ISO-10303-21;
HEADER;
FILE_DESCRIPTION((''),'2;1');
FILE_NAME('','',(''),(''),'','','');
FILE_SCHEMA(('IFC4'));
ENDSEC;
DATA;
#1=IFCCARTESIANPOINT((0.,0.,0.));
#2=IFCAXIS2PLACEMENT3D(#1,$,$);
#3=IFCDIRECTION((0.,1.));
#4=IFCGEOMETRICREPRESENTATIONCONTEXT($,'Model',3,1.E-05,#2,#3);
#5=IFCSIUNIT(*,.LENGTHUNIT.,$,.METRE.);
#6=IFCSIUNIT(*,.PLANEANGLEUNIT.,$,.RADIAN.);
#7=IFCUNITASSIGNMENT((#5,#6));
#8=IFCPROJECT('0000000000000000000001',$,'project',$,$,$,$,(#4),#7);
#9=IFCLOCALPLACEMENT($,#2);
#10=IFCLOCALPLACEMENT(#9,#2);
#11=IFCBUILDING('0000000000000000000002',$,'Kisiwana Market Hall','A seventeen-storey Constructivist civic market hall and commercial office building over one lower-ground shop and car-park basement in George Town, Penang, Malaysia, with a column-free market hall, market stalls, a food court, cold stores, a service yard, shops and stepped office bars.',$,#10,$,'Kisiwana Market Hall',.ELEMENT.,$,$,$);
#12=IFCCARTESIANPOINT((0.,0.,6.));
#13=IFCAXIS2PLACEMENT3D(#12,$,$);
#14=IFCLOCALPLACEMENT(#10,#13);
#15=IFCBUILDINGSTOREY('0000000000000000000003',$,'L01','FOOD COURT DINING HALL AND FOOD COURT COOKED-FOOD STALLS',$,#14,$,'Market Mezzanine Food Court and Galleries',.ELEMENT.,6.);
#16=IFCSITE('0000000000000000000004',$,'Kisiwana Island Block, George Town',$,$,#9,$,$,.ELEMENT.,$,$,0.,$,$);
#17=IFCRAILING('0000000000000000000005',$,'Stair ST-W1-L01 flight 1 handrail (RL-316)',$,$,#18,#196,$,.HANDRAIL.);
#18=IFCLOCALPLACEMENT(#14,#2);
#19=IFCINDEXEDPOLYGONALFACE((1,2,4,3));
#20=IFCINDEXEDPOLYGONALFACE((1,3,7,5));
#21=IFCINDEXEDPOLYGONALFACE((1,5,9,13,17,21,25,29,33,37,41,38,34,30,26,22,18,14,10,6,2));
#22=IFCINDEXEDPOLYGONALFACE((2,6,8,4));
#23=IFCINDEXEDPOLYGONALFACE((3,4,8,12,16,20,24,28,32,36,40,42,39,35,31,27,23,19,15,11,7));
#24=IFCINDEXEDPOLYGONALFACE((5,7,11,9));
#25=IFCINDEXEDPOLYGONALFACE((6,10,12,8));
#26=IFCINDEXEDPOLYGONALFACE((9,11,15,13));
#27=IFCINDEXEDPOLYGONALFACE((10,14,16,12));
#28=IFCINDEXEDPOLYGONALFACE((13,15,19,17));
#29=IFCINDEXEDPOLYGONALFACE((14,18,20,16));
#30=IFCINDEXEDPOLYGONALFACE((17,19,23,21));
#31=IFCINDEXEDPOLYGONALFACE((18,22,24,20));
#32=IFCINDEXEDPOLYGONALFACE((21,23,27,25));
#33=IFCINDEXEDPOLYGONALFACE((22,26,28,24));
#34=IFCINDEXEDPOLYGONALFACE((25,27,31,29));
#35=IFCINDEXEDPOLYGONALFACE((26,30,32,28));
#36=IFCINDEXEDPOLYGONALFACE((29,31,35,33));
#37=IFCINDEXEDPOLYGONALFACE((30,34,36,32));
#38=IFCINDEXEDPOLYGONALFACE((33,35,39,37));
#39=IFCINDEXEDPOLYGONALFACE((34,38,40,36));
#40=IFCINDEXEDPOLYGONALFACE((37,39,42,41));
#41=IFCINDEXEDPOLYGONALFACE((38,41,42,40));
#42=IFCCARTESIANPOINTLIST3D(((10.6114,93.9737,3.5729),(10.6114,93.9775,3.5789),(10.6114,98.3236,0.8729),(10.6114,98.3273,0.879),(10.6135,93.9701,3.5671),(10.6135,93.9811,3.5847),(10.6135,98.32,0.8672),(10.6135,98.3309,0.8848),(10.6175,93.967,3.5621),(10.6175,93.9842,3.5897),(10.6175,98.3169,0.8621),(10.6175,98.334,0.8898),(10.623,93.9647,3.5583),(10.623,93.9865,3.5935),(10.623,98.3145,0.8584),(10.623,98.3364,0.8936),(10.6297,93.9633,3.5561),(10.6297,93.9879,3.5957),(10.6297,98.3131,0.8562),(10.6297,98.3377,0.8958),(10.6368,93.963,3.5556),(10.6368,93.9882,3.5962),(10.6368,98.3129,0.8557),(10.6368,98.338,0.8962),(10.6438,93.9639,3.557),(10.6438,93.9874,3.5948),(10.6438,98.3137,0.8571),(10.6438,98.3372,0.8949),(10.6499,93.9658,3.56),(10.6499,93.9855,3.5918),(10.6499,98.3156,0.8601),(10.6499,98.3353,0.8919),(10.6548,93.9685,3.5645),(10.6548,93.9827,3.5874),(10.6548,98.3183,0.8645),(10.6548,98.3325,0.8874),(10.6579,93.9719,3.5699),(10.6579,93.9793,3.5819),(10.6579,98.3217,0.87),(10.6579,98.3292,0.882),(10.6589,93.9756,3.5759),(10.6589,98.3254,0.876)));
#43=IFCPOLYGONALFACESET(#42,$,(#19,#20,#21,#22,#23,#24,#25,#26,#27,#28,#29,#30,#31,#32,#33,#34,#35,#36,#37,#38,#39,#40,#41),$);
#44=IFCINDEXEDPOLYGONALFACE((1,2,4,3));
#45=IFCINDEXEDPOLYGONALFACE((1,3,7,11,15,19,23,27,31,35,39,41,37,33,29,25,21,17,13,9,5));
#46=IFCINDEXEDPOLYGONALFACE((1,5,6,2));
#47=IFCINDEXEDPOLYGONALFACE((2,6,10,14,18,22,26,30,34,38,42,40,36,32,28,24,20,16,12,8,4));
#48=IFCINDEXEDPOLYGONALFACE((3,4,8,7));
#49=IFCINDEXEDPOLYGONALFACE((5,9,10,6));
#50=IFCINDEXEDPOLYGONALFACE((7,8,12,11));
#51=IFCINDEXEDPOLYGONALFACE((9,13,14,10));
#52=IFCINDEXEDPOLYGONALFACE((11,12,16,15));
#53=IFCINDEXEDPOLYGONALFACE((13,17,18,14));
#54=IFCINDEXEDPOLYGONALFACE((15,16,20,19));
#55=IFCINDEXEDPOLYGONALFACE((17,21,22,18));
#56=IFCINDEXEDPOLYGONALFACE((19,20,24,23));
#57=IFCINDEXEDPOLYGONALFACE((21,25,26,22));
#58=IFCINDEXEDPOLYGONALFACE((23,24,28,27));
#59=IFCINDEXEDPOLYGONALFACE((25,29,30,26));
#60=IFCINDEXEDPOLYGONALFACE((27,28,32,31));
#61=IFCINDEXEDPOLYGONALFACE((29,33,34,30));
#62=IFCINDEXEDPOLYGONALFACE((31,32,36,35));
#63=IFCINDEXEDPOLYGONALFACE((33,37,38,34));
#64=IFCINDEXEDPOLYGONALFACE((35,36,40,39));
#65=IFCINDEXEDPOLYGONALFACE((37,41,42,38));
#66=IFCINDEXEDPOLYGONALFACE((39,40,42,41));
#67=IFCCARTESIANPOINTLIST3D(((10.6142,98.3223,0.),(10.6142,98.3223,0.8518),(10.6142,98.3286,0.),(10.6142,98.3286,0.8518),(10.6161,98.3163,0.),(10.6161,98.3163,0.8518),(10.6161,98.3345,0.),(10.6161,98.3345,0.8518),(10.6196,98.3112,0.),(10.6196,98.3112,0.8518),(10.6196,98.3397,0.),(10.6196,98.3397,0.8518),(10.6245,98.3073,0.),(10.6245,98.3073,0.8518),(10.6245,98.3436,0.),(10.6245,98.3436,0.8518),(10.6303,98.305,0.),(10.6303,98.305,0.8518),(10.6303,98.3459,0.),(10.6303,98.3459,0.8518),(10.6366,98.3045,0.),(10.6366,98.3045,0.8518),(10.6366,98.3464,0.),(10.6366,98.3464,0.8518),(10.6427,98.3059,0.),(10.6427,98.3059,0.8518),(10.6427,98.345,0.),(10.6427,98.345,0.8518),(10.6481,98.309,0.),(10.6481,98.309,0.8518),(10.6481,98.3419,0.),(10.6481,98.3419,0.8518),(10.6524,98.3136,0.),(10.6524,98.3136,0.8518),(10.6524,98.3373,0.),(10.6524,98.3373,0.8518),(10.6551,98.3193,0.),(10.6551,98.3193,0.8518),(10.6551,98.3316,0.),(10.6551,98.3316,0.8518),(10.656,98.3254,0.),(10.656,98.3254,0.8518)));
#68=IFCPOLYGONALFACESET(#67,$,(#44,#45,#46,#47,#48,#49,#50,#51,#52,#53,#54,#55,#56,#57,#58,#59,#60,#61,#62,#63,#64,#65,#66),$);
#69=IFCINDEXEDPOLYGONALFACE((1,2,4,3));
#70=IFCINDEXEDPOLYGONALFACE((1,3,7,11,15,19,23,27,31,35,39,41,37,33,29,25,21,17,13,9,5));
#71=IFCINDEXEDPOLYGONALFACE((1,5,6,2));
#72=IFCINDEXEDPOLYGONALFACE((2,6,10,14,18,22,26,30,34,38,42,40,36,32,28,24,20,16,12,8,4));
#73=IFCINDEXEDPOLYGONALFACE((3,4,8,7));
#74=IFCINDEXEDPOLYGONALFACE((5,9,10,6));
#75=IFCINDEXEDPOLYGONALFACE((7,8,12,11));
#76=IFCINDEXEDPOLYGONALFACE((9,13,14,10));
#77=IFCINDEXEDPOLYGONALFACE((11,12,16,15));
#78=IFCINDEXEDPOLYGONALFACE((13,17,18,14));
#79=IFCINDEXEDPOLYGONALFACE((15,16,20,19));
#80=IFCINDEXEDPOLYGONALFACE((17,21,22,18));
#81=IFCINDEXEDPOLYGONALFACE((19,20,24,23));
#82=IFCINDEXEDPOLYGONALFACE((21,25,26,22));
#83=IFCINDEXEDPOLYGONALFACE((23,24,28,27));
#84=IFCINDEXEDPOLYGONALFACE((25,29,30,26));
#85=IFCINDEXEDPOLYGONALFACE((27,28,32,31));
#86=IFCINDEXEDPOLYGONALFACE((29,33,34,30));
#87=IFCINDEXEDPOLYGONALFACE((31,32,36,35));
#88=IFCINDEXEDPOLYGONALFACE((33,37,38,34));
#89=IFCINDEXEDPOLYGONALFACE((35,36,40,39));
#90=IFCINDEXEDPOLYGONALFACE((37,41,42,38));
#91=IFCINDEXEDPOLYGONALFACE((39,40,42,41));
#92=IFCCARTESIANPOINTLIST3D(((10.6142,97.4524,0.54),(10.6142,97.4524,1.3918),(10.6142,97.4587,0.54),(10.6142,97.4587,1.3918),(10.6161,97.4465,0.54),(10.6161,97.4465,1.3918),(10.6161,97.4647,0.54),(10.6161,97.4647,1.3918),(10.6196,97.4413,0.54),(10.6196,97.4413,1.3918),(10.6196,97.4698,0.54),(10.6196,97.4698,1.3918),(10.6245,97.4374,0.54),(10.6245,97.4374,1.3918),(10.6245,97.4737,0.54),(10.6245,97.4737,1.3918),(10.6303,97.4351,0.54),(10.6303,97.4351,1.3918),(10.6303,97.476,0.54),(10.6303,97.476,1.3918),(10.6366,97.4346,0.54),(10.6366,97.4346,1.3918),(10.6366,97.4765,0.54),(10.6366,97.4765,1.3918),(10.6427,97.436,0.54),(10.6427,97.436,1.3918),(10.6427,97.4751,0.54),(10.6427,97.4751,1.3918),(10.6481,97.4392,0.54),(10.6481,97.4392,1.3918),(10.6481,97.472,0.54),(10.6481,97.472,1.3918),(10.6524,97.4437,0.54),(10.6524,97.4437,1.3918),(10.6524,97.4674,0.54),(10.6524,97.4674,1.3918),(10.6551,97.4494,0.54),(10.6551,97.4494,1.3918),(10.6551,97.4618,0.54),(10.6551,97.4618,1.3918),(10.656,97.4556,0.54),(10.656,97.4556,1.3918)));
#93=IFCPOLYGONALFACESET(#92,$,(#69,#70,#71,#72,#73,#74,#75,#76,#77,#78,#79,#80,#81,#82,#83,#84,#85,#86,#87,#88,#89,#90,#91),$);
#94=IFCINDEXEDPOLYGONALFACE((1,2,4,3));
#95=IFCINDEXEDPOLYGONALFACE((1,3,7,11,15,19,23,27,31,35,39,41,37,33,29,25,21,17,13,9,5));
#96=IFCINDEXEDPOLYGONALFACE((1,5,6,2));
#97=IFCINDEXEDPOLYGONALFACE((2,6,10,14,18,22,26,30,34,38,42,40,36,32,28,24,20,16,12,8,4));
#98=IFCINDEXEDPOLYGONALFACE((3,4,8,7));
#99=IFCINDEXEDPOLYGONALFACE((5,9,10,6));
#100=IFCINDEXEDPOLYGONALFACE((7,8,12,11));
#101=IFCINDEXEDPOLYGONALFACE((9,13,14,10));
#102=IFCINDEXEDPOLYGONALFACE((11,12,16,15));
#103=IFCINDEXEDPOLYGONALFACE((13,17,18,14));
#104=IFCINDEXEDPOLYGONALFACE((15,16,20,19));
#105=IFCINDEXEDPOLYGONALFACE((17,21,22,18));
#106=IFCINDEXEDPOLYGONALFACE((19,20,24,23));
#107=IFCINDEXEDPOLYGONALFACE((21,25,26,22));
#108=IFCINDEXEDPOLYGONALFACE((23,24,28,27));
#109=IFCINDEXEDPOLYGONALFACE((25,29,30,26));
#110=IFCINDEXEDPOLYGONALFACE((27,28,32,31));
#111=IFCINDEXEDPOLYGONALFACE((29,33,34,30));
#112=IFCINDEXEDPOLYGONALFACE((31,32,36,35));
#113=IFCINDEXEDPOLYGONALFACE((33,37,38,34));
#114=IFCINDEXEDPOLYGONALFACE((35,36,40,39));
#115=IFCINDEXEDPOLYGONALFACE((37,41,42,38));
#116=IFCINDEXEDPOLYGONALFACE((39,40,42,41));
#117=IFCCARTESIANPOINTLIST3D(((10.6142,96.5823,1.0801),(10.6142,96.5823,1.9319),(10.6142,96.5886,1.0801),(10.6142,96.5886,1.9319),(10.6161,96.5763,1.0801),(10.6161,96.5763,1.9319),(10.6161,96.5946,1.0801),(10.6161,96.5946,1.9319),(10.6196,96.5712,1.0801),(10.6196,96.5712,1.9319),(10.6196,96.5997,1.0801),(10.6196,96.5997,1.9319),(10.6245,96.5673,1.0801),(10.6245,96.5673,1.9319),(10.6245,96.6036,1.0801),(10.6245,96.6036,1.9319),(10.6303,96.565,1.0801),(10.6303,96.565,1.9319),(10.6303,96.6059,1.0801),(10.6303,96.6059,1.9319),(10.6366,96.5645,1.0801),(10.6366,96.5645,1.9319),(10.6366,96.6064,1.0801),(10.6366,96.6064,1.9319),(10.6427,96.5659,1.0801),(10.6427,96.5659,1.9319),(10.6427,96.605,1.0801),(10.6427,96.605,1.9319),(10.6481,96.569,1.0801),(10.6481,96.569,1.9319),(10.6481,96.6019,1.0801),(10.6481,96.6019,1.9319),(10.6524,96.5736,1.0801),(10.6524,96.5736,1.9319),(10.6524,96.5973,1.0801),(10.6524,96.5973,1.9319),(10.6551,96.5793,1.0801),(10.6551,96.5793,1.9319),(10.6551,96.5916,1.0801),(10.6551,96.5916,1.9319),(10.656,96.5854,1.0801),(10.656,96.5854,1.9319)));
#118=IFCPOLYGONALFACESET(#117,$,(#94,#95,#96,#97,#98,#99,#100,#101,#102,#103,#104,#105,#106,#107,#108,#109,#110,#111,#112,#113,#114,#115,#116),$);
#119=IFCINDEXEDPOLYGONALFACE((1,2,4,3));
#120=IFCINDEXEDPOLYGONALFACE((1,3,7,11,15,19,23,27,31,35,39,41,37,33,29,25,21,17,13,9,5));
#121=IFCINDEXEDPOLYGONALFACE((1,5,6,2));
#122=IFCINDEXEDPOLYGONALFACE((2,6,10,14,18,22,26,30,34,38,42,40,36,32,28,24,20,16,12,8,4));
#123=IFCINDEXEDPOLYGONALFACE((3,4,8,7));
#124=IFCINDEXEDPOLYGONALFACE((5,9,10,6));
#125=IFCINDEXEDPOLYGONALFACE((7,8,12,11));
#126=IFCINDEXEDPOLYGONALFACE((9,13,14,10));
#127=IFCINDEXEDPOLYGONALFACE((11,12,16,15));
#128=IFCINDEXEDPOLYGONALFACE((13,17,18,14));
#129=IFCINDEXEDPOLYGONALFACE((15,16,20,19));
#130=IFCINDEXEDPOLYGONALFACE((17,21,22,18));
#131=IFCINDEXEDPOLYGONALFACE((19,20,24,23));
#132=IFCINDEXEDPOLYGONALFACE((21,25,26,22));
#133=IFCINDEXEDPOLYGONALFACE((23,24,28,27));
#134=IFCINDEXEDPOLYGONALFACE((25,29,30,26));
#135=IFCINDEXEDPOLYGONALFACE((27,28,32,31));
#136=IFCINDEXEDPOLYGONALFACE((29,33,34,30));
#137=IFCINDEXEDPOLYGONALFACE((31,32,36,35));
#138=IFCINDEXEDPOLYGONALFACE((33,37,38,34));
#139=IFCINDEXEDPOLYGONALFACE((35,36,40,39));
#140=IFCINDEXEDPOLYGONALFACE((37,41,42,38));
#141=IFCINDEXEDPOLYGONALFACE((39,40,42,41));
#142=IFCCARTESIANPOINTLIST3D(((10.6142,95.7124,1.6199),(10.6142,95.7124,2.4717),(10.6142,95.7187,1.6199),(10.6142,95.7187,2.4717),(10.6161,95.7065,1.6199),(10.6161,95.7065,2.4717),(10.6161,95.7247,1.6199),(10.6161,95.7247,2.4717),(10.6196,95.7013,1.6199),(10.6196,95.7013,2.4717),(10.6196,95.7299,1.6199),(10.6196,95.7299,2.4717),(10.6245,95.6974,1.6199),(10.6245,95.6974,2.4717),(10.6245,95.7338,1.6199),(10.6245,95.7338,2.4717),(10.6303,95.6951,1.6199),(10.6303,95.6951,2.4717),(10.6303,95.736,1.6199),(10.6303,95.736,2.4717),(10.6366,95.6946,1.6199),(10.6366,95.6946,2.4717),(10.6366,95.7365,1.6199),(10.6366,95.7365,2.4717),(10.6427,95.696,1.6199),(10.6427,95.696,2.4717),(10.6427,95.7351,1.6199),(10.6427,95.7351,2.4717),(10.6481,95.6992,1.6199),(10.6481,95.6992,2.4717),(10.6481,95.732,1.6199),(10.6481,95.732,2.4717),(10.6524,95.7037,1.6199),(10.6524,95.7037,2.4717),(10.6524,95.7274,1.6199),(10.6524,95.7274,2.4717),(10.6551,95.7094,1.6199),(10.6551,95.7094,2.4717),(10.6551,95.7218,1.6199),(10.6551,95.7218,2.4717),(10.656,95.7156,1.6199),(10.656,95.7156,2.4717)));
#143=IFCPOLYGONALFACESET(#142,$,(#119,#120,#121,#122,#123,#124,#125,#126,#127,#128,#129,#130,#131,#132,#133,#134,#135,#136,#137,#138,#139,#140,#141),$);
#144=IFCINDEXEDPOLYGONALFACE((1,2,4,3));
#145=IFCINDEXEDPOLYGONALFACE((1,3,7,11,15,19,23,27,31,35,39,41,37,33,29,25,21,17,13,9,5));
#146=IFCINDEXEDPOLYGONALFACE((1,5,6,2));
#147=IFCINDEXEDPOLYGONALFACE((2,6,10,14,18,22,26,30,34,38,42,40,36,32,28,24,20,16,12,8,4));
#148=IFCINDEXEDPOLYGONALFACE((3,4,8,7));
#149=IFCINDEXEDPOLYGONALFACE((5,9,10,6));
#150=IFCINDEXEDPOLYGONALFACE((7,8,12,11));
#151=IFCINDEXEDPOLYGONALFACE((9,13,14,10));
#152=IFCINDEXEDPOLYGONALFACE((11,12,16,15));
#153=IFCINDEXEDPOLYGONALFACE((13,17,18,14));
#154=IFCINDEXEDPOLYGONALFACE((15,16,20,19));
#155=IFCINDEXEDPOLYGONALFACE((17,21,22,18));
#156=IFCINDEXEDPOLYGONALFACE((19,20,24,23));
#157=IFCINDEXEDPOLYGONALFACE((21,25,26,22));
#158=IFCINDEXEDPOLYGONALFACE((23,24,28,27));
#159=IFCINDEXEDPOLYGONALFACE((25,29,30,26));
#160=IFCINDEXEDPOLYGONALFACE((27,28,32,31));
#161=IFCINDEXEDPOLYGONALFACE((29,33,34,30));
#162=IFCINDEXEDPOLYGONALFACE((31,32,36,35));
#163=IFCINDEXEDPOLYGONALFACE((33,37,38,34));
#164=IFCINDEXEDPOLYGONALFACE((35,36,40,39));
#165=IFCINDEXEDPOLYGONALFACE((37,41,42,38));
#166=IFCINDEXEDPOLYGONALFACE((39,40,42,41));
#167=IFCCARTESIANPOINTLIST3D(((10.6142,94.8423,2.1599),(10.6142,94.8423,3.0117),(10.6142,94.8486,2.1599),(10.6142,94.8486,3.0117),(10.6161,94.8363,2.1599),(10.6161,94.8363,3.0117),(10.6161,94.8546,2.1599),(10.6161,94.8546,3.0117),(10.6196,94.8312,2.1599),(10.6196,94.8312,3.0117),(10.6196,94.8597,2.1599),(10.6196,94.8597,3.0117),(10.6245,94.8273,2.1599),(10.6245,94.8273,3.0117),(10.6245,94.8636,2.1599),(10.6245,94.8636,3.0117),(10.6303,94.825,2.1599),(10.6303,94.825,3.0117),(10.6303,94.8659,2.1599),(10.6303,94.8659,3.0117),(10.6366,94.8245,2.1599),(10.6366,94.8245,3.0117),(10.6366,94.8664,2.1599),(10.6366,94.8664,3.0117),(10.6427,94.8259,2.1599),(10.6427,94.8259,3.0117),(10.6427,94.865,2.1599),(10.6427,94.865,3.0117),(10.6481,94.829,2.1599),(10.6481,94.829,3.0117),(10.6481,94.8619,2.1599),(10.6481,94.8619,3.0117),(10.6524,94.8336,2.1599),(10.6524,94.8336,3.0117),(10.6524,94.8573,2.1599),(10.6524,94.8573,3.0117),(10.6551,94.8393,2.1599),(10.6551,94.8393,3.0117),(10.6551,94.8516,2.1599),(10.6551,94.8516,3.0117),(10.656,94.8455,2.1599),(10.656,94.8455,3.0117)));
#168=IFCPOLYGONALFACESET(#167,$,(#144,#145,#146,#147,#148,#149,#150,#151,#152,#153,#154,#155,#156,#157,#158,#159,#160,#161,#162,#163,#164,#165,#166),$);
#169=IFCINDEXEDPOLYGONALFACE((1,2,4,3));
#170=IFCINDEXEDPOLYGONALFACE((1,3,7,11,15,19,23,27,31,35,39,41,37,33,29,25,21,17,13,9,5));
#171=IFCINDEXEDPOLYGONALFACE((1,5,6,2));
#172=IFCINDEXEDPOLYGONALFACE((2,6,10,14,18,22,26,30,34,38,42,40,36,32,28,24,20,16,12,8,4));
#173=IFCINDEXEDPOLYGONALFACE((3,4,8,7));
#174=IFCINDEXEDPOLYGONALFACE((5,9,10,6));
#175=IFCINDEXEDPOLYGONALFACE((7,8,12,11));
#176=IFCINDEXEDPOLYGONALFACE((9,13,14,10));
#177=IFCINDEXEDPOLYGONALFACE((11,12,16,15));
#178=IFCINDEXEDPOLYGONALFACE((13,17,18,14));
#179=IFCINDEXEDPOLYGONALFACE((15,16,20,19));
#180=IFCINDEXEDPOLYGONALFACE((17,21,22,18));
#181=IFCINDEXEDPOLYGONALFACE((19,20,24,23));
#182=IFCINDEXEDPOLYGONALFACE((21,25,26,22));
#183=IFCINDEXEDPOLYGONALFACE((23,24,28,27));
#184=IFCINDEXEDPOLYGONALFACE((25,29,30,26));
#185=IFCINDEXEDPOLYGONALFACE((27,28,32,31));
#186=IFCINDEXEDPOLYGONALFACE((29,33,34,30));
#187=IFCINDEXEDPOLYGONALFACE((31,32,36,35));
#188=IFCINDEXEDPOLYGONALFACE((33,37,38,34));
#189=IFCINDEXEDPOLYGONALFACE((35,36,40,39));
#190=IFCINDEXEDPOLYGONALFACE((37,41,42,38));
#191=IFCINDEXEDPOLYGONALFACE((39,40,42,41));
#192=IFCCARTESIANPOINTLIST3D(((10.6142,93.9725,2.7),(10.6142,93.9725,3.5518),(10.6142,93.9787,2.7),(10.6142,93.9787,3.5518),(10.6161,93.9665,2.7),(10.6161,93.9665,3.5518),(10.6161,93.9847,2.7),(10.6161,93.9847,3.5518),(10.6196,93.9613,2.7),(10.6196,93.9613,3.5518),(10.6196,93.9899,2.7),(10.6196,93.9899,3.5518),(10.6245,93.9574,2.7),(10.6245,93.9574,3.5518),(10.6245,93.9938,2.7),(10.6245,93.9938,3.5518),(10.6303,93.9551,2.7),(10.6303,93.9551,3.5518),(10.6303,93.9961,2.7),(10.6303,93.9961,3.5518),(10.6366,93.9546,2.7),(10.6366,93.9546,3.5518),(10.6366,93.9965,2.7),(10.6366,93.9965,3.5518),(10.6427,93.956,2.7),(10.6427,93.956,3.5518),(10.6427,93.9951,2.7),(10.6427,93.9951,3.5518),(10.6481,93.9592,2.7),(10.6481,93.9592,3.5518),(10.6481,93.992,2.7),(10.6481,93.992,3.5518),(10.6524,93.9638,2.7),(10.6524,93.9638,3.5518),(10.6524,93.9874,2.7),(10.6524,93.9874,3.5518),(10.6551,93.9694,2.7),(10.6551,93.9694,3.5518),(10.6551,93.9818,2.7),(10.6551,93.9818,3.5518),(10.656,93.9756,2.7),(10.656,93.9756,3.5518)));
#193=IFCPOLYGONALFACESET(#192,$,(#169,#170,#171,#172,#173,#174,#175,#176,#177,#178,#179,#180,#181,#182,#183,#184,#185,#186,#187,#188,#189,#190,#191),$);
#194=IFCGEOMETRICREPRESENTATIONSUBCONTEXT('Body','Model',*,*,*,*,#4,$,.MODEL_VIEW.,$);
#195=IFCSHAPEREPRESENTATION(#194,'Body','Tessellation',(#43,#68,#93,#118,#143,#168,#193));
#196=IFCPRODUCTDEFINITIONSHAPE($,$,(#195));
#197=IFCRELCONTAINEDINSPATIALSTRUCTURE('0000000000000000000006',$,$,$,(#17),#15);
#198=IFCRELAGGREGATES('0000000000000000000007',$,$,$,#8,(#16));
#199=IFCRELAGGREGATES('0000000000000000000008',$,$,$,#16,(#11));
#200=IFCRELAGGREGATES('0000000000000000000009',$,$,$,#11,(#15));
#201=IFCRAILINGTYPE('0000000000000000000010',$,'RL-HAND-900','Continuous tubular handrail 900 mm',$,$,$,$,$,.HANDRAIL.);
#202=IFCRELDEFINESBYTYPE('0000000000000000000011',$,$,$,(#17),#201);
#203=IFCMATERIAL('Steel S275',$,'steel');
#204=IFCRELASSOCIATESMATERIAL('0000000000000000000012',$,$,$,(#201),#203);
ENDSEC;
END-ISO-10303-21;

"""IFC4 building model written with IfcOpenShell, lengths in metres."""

from ifc_helpers import new_model, si_unit, direction, frame, origin, origin_2d, place, context, subcontext, project, spatial, circle, extrude, material, type_object, element, save


model = new_model("IFC4")

# Units and contexts
model_context = context("Model", 3, precision=1e-05, world=origin(), true_north=direction((0.0, 1.0)))
body_context = subcontext(model_context, "Body", "Model", "MODEL_VIEW")
ifc_project = project(units=[si_unit("LENGTHUNIT", "METRE"), si_unit("PLANEANGLEUNIT", "RADIAN")], contexts=[model_context])

# Site, building, storey
site_placement = place(None, origin())
site = spatial("IfcSite", under=ifc_project, at=site_placement, Name="Kisiwana Island Block, George Town", CompositionType="ELEMENT", RefElevation=0.0)
building_placement = place(site_placement, origin())
building = spatial("IfcBuilding", under=site, at=building_placement, Name="Kisiwana Market Hall", Description="A seventeen-storey Constructivist civic market hall and commercial office building over one lower-ground shop and car-park basement in George Town, Penang, Malaysia, with a column-free market hall, market stalls, a food court, cold stores, a service yard, shops and stepped office bars.", LongName="Kisiwana Market Hall", CompositionType="ELEMENT")
storey_placement = place(building_placement, frame((0.0, 0.0, 6.0)))
storey = spatial("IfcBuildingStorey", under=building, at=storey_placement, Name="L01", Description="FOOD COURT DINING HALL AND FOOD COURT COOKED-FOOD STALLS", LongName="Market Mezzanine Food Court and Galleries", CompositionType="ELEMENT", Elevation=6.0)

# Railing
ifc_material_1 = material(Name="Steel S275", Category="steel")
railing_type_1 = type_object("IfcRailingType", Name="RL-HAND-900", Description="Continuous tubular handrail 900 mm", PredefinedType="HANDRAIL", material=ifc_material_1)
railing_1_placement = place(storey_placement, frame((10.635, 98.3254, 0.0)))
element("IfcRailing", 1, at=railing_1_placement, inside=storey, type_object=railing_type_1, Name="Stair ST-W1-L01 flight 1 handrail (RL-316)", PredefinedType="HANDRAIL", context=body_context, shape_type="SweptSolid", body=[
    extrude(circle(Radius=0.0239, at=origin_2d()), frame((0.0, 0.0, 0.876), z_axis=(0.0, -0.849636, 0.527369), x_axis=(1.0, 0.0, 0.0)), (0.0, 0.0, 1.0), 5.1196),
    extrude(circle(Radius=0.021, at=origin_2d()), origin(), (0.0, 0.0, 1.0), 0.8518),
    extrude(circle(Radius=0.021, at=origin_2d()), frame((0.0, -0.8699, 0.54)), (0.0, 0.0, 1.0), 0.8518),
    extrude(circle(Radius=0.021, at=origin_2d()), frame((0.0, -1.74, 1.0801)), (0.0, 0.0, 1.0), 0.8518),
    extrude(circle(Radius=0.021, at=origin_2d()), frame((0.0, -2.6099, 1.6199)), (0.0, 0.0, 1.0), 0.8518),
    extrude(circle(Radius=0.021, at=origin_2d()), frame((0.0, -3.48, 2.1599)), (0.0, 0.0, 1.0), 0.8518),
    extrude(circle(Radius=0.021, at=origin_2d()), frame((0.0, -4.3499, 2.7)), (0.0, 0.0, 1.0), 0.8518),
])

save(model, "model.ifc")
